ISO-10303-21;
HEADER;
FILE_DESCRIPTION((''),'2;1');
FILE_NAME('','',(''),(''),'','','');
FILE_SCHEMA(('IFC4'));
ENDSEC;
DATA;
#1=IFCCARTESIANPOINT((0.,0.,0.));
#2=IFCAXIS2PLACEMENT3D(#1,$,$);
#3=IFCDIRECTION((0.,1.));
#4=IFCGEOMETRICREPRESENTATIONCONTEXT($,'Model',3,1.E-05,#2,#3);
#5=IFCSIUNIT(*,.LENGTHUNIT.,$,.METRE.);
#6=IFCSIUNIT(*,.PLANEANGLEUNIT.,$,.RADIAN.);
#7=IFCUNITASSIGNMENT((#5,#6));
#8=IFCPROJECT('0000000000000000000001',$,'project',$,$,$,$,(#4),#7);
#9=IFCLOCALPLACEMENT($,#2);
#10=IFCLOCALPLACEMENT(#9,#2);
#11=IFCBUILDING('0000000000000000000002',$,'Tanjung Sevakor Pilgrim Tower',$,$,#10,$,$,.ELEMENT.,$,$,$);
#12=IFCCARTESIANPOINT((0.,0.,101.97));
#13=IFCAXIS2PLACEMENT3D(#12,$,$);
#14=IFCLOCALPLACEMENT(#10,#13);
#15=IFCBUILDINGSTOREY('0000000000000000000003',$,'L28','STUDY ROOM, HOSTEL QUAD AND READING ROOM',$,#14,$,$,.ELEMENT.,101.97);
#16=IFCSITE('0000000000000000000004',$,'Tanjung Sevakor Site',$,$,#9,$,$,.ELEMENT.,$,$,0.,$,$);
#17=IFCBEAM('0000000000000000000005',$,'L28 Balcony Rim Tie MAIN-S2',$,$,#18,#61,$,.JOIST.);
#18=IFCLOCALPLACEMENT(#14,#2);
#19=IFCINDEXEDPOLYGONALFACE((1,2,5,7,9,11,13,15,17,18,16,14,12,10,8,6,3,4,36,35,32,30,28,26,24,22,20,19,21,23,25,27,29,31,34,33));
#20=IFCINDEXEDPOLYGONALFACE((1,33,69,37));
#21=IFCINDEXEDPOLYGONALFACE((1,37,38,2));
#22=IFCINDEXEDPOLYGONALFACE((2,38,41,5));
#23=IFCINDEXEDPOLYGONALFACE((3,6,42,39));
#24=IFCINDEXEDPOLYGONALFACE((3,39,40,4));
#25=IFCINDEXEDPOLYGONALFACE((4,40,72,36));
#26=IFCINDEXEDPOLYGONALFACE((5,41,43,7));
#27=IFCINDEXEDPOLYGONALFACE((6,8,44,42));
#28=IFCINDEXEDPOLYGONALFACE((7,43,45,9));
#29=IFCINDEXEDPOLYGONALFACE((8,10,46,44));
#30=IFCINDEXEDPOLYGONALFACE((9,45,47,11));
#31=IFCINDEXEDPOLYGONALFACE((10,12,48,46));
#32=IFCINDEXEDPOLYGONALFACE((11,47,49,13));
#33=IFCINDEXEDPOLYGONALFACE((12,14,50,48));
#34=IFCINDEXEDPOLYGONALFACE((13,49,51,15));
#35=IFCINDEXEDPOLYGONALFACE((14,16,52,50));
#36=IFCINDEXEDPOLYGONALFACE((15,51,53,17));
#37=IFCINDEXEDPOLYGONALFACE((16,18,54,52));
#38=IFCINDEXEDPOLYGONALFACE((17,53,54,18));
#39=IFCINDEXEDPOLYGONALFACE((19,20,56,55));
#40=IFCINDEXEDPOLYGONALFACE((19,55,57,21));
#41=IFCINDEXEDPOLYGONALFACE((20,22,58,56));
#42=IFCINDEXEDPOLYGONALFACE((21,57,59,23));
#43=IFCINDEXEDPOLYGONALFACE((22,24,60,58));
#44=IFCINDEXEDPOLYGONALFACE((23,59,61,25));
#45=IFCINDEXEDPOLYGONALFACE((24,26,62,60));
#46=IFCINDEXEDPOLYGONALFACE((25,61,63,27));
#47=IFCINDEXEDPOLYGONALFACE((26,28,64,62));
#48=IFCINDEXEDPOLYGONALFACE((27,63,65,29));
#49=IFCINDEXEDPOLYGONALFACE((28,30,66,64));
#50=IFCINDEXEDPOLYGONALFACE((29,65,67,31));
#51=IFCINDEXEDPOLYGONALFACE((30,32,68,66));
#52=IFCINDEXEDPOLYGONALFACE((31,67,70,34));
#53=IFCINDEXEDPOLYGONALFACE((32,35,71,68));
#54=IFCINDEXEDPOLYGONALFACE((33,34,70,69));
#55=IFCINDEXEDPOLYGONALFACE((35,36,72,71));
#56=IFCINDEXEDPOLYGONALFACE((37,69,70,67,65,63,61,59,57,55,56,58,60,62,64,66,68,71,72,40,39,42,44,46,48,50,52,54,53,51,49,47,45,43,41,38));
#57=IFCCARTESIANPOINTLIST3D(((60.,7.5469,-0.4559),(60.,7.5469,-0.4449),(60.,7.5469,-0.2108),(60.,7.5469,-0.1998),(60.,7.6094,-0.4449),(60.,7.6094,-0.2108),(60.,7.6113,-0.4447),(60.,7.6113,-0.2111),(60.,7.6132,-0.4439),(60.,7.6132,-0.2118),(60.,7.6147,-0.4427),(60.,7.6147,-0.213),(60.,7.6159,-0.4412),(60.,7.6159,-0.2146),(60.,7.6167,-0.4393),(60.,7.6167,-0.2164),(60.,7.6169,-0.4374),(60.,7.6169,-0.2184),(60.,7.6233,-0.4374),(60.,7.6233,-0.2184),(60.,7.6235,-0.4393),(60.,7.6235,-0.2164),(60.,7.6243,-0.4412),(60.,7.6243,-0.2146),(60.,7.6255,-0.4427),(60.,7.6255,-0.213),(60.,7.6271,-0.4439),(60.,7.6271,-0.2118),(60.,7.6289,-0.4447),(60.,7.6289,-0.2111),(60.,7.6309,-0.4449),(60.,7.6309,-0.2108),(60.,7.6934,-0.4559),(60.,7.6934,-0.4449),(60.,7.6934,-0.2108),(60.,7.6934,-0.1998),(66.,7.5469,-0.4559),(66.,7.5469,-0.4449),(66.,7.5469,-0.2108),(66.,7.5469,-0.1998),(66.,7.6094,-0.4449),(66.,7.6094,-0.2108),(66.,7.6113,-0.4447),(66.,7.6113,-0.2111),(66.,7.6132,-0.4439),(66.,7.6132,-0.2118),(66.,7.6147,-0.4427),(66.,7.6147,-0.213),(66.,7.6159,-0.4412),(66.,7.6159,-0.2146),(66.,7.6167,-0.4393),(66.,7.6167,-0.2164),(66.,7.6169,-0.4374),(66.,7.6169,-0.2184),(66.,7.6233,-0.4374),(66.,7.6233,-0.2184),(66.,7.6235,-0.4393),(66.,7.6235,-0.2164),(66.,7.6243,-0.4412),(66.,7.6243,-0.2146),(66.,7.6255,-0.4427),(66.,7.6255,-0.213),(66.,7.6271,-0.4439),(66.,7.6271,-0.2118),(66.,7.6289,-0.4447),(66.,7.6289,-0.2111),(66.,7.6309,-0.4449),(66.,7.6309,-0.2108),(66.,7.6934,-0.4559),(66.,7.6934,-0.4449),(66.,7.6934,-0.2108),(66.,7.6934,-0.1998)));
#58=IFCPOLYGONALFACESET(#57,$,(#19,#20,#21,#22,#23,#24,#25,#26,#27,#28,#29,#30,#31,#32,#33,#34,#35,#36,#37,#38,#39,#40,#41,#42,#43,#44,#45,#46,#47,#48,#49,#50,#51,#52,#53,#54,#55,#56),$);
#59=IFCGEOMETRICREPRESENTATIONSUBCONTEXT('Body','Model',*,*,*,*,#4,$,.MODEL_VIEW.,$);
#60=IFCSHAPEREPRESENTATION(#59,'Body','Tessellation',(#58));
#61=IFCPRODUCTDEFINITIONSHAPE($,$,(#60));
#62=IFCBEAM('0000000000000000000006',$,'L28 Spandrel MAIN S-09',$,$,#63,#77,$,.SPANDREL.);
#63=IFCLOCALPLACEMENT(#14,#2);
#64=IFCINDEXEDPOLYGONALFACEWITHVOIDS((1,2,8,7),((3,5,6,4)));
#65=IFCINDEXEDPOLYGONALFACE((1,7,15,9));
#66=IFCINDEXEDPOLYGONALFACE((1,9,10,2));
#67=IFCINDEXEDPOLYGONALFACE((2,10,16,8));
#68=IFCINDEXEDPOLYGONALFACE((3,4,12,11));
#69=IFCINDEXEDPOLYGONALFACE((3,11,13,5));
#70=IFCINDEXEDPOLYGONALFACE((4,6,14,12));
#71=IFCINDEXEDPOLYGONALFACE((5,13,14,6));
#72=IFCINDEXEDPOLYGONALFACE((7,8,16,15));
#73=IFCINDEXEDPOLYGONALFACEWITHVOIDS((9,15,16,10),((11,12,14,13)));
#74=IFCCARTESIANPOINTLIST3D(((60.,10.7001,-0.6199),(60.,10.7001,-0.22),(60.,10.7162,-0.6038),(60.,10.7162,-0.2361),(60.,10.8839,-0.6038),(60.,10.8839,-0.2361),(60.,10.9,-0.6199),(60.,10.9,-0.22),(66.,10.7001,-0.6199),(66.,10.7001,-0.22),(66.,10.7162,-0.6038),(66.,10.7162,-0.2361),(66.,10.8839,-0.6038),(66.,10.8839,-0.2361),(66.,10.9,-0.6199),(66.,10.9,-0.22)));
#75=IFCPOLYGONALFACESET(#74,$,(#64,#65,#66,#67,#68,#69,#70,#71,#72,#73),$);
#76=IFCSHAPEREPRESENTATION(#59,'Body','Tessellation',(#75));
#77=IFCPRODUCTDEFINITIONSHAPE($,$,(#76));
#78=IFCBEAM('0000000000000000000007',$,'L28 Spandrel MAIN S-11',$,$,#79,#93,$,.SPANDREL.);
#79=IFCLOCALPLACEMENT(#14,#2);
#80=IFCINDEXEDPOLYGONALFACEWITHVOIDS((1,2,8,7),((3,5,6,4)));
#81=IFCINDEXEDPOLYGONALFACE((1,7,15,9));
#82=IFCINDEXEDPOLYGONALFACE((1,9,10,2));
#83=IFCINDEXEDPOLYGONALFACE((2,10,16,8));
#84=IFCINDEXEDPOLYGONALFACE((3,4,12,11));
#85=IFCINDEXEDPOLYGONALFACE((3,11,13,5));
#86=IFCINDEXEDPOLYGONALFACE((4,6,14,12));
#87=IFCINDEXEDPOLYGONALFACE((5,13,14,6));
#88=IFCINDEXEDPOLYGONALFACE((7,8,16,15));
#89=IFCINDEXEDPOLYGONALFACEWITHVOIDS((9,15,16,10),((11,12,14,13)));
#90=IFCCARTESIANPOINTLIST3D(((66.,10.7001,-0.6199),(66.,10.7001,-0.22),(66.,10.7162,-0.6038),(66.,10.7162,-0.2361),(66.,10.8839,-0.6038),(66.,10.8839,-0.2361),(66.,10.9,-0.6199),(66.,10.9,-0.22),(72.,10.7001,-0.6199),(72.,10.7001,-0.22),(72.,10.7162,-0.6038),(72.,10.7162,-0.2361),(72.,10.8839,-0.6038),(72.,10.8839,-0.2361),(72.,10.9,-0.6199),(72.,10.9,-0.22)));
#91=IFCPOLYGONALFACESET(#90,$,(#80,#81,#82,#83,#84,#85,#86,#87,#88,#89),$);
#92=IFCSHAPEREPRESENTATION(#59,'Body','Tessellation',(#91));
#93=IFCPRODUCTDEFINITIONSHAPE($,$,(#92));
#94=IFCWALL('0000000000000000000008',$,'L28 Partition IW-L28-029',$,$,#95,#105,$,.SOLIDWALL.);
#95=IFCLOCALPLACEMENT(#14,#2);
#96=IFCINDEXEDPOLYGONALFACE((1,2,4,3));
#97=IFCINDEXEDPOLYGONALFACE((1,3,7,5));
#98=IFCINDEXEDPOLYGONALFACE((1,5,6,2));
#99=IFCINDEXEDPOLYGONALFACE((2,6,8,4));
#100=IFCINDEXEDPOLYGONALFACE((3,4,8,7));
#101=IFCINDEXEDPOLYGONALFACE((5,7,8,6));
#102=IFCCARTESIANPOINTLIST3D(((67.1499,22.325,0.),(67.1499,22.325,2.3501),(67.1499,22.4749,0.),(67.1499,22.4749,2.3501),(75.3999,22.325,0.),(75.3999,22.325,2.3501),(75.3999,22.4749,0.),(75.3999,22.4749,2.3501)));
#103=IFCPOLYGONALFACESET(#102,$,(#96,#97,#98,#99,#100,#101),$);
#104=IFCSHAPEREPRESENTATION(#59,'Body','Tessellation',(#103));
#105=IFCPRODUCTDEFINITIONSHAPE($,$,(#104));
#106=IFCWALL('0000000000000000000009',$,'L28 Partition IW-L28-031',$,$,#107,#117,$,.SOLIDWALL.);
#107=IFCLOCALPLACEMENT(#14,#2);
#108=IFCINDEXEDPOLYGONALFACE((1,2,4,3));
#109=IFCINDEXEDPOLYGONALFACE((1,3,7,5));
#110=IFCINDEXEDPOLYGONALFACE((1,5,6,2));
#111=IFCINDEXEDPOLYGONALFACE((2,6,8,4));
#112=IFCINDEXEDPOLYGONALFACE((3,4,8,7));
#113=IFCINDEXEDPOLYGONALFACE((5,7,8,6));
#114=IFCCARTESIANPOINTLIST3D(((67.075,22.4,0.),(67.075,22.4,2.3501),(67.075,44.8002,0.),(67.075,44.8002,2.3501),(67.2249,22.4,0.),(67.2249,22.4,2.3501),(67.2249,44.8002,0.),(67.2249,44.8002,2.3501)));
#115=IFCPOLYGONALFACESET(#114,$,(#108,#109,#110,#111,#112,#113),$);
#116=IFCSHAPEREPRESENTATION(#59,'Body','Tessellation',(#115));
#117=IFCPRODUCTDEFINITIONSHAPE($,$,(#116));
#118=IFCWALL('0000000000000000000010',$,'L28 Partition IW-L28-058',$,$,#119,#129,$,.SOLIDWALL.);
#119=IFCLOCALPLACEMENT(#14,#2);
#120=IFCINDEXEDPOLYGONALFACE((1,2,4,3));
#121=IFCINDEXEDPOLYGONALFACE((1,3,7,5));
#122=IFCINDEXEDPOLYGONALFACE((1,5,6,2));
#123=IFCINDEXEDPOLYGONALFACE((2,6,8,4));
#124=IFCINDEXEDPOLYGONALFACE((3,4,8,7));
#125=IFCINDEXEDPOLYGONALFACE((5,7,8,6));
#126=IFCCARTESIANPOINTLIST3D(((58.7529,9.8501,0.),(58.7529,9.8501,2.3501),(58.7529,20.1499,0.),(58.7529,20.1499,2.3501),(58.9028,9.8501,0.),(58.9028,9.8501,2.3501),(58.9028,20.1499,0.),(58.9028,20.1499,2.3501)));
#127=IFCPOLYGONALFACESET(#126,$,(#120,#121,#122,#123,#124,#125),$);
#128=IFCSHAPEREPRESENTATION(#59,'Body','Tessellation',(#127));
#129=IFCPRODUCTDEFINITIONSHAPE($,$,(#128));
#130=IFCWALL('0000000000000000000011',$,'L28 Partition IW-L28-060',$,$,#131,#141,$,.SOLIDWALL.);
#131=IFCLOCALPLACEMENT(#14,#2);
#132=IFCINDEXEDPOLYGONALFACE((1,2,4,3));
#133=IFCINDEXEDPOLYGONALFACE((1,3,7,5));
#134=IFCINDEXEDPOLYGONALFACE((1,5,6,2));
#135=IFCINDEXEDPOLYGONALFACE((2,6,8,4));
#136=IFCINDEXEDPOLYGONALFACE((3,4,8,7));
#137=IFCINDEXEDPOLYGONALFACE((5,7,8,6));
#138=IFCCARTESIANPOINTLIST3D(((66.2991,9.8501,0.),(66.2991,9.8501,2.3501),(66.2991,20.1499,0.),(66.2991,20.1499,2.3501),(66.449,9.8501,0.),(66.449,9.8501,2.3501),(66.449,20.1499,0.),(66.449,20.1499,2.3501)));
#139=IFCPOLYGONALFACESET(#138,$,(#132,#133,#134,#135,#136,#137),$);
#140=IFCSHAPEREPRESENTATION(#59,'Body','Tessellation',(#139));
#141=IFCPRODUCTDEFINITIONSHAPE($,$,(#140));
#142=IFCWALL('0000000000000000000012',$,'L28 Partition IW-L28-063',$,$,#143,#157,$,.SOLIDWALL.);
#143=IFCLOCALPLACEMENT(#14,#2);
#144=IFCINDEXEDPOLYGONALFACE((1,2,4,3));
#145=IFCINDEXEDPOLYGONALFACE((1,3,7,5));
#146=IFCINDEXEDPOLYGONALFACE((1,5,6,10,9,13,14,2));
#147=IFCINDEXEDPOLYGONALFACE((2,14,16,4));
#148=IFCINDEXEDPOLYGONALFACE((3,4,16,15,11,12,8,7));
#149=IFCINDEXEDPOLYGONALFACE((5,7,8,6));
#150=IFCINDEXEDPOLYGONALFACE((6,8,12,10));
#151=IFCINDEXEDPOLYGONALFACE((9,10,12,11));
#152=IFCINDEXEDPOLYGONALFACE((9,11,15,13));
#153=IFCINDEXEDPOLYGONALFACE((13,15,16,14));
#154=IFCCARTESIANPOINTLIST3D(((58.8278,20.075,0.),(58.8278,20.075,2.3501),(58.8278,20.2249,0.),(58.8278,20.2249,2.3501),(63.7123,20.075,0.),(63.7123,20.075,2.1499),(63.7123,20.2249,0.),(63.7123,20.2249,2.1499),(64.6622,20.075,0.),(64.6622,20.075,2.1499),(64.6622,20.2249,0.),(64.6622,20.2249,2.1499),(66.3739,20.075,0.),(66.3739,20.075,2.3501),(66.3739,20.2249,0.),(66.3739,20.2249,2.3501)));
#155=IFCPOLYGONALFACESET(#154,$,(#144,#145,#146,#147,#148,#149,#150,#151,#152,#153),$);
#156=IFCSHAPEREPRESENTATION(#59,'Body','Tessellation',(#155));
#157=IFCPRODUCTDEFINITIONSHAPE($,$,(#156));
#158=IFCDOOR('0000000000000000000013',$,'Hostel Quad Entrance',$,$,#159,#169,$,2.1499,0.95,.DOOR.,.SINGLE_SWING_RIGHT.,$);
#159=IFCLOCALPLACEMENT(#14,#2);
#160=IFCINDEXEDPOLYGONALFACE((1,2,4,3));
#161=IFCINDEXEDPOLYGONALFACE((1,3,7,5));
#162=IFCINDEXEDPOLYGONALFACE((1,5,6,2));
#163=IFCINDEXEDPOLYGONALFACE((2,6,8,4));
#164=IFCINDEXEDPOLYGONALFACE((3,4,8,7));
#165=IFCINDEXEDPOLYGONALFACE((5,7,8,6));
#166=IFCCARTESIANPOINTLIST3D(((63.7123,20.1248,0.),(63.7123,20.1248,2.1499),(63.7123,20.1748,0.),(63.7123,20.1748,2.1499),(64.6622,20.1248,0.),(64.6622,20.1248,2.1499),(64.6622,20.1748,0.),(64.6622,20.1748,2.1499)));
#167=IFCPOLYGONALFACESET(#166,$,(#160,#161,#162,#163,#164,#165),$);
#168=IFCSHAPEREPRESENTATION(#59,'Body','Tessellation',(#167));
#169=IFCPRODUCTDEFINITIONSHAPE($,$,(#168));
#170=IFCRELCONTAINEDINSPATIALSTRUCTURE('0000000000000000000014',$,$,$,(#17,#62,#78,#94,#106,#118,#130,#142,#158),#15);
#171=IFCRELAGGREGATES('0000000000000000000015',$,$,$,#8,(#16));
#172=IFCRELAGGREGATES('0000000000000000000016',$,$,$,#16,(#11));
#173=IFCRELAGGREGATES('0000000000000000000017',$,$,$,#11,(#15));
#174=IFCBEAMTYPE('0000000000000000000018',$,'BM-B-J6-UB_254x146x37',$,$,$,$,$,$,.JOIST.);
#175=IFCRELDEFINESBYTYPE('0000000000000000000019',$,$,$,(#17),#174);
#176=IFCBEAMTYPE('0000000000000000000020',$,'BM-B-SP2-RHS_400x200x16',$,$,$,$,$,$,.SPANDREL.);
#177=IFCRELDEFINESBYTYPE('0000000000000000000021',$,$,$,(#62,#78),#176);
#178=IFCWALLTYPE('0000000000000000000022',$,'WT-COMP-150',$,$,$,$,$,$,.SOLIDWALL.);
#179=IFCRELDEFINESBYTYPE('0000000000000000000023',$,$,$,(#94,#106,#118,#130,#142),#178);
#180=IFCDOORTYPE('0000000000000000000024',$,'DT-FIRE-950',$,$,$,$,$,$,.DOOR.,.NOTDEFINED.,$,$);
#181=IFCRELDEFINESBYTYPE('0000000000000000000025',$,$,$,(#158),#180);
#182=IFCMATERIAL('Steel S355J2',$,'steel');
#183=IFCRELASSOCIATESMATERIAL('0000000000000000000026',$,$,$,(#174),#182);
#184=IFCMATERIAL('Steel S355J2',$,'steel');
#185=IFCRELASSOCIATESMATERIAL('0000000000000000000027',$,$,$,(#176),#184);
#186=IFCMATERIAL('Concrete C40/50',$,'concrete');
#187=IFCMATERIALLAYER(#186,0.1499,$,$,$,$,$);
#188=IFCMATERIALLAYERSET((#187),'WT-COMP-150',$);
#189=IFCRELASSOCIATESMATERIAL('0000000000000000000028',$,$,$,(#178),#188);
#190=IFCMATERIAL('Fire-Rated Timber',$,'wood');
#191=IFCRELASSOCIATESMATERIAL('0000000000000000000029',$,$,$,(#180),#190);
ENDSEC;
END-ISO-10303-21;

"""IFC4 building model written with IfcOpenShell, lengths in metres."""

from ifc_helpers import new_model, si_unit, direction, frame, frame_2d, origin, origin_2d, place, context, subcontext, project, spatial, rectangle, hollow_rectangle, i_section, extrude, material, layer, layer_set, material_profile, profile_set, type_object, element, fill, save


model = new_model("IFC4")

# Units and contexts
model_context = context("Model", 3, precision=1e-05, world=origin(), true_north=direction((0.0, 1.0)))
body_context = subcontext(model_context, "Body", "Model", "MODEL_VIEW")
ifc_project = project(units=[si_unit("LENGTHUNIT", "METRE"), si_unit("PLANEANGLEUNIT", "RADIAN")], contexts=[model_context])

# Site, building, storey
site_placement = place(None, origin())
site = spatial("IfcSite", under=ifc_project, at=site_placement, Name="Tanjung Sevakor Site", CompositionType="ELEMENT", RefElevation=0.0)
building_placement = place(site_placement, origin())
building = spatial("IfcBuilding", under=site, at=building_placement, Name="Tanjung Sevakor Pilgrim Tower", CompositionType="ELEMENT")
storey_placement = place(building_placement, frame((0.0, 0.0, 101.97)))
storey = spatial("IfcBuildingStorey", under=building, at=storey_placement, Name="L28", Description="STUDY ROOM, HOSTEL QUAD AND READING ROOM", CompositionType="ELEMENT", Elevation=101.97)

# Beams
ifc_material_1 = material(Name="Steel S355J2", Category="steel")
ifc_material_profile_1 = material_profile(ifc_material_1, i_section(OverallWidth=0.1465, OverallDepth=0.2561, WebThickness=0.0063, FlangeThickness=0.011, FilletRadius=0.0076, at=origin_2d()))
ifc_profile_set_1 = profile_set([ifc_material_profile_1], Name="Steel S355J2")
beam_type_1 = type_object("IfcBeamType", Name="BM-B-J6-UB_254x146x37", PredefinedType="JOIST", material=ifc_profile_set_1)
beam_1_placement = place(storey_placement, frame((60.0, 7.6201, -0.3279), z_axis=(1.0, 0.0, 0.0), x_axis=(0.0, 1.0, 0.0)))
element("IfcBeam", 1, at=beam_1_placement, inside=storey, type_object=beam_type_1, Name="L28 Balcony Rim Tie MAIN-S2", PredefinedType="JOIST", context=body_context, shape_type="SweptSolid", body=[
    extrude(i_section(OverallWidth=0.1465, OverallDepth=0.2561, WebThickness=0.0063, FlangeThickness=0.011, FilletRadius=0.0076, at=origin_2d()), origin(), (0.0, 0.0, 1.0), 6.0),
])
ifc_material_2 = material(Name="Steel S355J2", Category="steel")
ifc_material_profile_2 = material_profile(ifc_material_2, hollow_rectangle(XDim=0.2, YDim=0.3999, WallThickness=0.0161, at=origin_2d()))
ifc_profile_set_2 = profile_set([ifc_material_profile_2], Name="Steel S355J2")
beam_type_2 = type_object("IfcBeamType", Name="BM-B-SP2-RHS_400x200x16", PredefinedType="SPANDREL", material=ifc_profile_set_2)
for number, where, z_axis, x_axis, name in (
    (2, (60.0, 10.8, -0.4199), (1.0, 0.0, 0.0), (0.0, 1.0, 0.0), "L28 Spandrel MAIN S-09"),
    (3, (66.0, 10.8, -0.4199), (1.0, 0.0, 0.0), (0.0, 1.0, 0.0), "L28 Spandrel MAIN S-11"),
):
    element("IfcBeam", number, at=place(storey_placement, frame(where, z_axis=z_axis, x_axis=x_axis)), inside=storey, type_object=beam_type_2, Name=name, PredefinedType="SPANDREL", context=body_context, shape_type="SweptSolid", body=[
        extrude(hollow_rectangle(XDim=0.2, YDim=0.3999, WallThickness=0.0161, at=origin_2d()), origin(), (0.0, 0.0, 1.0), 6.0),
    ])

# Walls
ifc_material_3 = material(Name="Concrete C40/50", Category="concrete")
ifc_layer_1 = layer(ifc_material_3, 0.1499)
ifc_layer_set_1 = layer_set([ifc_layer_1], Name="WT-COMP-150")
wall_type_1 = type_object("IfcWallType", Name="WT-COMP-150", PredefinedType="SOLIDWALL", material=ifc_layer_set_1)
wall_1_placement = place(storey_placement, frame((67.1499, 22.3999, 0.0), z_axis=(0.0, 0.0, 1.0), x_axis=(1.0, 0.0, 0.0)))
element("IfcWall", 4, at=wall_1_placement, inside=storey, type_object=wall_type_1, Name="L28 Partition IW-L28-029", PredefinedType="SOLIDWALL", context=body_context, shape_type="SweptSolid", body=[
    extrude(rectangle(XDim=8.25, YDim=0.1499, at=frame_2d((4.125, 0.0))), origin(), (0.0, 0.0, 1.0), 2.3501),
])
wall_2_placement = place(storey_placement, frame((67.1499, 22.3999, 0.0), z_axis=(0.0, 0.0, 1.0), x_axis=(0.0, 1.0, 0.0)))
element("IfcWall", 5, at=wall_2_placement, inside=storey, type_object=wall_type_1, Name="L28 Partition IW-L28-031", PredefinedType="SOLIDWALL", context=body_context, shape_type="SweptSolid", body=[
    extrude(rectangle(XDim=22.4001, YDim=0.1499, at=frame_2d((11.2002, 0.0))), origin(), (0.0, 0.0, 1.0), 2.3501),
])
for number, where, z_axis, x_axis, name in (
    (6, (58.8279, 9.8501, 0.0), (0.0, 0.0, 1.0), (0.0, 1.0, 0.0), "L28 Partition IW-L28-058"),
    (7, (66.374, 9.8501, 0.0), (0.0, 0.0, 1.0), (0.0, 1.0, 0.0), "L28 Partition IW-L28-060"),
):
    element("IfcWall", number, at=place(storey_placement, frame(where, z_axis=z_axis, x_axis=x_axis)), inside=storey, type_object=wall_type_1, Name=name, PredefinedType="SOLIDWALL", context=body_context, shape_type="SweptSolid", body=[
        extrude(rectangle(XDim=10.2998, YDim=0.1499, at=frame_2d((5.1499, 0.0))), origin(), (0.0, 0.0, 1.0), 2.3501),
    ])

# Wall, opening, door
wall_3_placement = place(storey_placement, frame((58.8279, 20.1499, 0.0), z_axis=(0.0, 0.0, 1.0), x_axis=(1.0, 0.0, 0.0)))
wall_3 = element("IfcWall", 8, at=wall_3_placement, inside=storey, type_object=wall_type_1, Name="L28 Partition IW-L28-063", PredefinedType="SOLIDWALL", context=body_context, shape_type="SweptSolid", body=[
    extrude(rectangle(XDim=7.5461, YDim=0.1499, at=frame_2d((3.7729, 0.0))), origin(), (0.0, 0.0, 1.0), 2.3501),
])
opening_1_placement = place(wall_3_placement, frame((4.8843, 0.0, 0.0)))
opening_1 = element("IfcOpeningElement", 9, at=opening_1_placement, cuts=wall_3, PredefinedType="OPENING", context=body_context, shape_type="SweptSolid", body=[
    extrude(rectangle(XDim=0.95, YDim=2.1499, at=frame_2d((0.4751, 1.075))), frame((0.0, 0.085, 0.0), z_axis=(0.0, -1.0, 0.0), x_axis=(1.0, 0.0, 0.0)), (0.0, 0.0, 1.0), 0.1699),
])
ifc_material_4 = material(Name="Fire-Rated Timber", Category="wood")
door_type_1 = type_object("IfcDoorType", Name="DT-FIRE-950", OperationType="NOTDEFINED", PredefinedType="DOOR", material=ifc_material_4)
door_1_placement = place(opening_1_placement, origin())
door_1 = element("IfcDoor", 10, at=door_1_placement, inside=storey, type_object=door_type_1, Name="Hostel Quad Entrance", OperationType="SINGLE_SWING_RIGHT", OverallHeight=2.1499, OverallWidth=0.95, PredefinedType="DOOR", context=body_context, shape_type="SweptSolid", body=[
    extrude(rectangle(XDim=0.95, YDim=2.1499, at=frame_2d((0.4751, 1.075))), frame((0.0, 0.0249, 0.0), z_axis=(0.0, -1.0, 0.0), x_axis=(1.0, 0.0, 0.0)), (0.0, 0.0, 1.0), 0.05),
])
fill(opening_1, door_1)

save(model, "model.ifc")
